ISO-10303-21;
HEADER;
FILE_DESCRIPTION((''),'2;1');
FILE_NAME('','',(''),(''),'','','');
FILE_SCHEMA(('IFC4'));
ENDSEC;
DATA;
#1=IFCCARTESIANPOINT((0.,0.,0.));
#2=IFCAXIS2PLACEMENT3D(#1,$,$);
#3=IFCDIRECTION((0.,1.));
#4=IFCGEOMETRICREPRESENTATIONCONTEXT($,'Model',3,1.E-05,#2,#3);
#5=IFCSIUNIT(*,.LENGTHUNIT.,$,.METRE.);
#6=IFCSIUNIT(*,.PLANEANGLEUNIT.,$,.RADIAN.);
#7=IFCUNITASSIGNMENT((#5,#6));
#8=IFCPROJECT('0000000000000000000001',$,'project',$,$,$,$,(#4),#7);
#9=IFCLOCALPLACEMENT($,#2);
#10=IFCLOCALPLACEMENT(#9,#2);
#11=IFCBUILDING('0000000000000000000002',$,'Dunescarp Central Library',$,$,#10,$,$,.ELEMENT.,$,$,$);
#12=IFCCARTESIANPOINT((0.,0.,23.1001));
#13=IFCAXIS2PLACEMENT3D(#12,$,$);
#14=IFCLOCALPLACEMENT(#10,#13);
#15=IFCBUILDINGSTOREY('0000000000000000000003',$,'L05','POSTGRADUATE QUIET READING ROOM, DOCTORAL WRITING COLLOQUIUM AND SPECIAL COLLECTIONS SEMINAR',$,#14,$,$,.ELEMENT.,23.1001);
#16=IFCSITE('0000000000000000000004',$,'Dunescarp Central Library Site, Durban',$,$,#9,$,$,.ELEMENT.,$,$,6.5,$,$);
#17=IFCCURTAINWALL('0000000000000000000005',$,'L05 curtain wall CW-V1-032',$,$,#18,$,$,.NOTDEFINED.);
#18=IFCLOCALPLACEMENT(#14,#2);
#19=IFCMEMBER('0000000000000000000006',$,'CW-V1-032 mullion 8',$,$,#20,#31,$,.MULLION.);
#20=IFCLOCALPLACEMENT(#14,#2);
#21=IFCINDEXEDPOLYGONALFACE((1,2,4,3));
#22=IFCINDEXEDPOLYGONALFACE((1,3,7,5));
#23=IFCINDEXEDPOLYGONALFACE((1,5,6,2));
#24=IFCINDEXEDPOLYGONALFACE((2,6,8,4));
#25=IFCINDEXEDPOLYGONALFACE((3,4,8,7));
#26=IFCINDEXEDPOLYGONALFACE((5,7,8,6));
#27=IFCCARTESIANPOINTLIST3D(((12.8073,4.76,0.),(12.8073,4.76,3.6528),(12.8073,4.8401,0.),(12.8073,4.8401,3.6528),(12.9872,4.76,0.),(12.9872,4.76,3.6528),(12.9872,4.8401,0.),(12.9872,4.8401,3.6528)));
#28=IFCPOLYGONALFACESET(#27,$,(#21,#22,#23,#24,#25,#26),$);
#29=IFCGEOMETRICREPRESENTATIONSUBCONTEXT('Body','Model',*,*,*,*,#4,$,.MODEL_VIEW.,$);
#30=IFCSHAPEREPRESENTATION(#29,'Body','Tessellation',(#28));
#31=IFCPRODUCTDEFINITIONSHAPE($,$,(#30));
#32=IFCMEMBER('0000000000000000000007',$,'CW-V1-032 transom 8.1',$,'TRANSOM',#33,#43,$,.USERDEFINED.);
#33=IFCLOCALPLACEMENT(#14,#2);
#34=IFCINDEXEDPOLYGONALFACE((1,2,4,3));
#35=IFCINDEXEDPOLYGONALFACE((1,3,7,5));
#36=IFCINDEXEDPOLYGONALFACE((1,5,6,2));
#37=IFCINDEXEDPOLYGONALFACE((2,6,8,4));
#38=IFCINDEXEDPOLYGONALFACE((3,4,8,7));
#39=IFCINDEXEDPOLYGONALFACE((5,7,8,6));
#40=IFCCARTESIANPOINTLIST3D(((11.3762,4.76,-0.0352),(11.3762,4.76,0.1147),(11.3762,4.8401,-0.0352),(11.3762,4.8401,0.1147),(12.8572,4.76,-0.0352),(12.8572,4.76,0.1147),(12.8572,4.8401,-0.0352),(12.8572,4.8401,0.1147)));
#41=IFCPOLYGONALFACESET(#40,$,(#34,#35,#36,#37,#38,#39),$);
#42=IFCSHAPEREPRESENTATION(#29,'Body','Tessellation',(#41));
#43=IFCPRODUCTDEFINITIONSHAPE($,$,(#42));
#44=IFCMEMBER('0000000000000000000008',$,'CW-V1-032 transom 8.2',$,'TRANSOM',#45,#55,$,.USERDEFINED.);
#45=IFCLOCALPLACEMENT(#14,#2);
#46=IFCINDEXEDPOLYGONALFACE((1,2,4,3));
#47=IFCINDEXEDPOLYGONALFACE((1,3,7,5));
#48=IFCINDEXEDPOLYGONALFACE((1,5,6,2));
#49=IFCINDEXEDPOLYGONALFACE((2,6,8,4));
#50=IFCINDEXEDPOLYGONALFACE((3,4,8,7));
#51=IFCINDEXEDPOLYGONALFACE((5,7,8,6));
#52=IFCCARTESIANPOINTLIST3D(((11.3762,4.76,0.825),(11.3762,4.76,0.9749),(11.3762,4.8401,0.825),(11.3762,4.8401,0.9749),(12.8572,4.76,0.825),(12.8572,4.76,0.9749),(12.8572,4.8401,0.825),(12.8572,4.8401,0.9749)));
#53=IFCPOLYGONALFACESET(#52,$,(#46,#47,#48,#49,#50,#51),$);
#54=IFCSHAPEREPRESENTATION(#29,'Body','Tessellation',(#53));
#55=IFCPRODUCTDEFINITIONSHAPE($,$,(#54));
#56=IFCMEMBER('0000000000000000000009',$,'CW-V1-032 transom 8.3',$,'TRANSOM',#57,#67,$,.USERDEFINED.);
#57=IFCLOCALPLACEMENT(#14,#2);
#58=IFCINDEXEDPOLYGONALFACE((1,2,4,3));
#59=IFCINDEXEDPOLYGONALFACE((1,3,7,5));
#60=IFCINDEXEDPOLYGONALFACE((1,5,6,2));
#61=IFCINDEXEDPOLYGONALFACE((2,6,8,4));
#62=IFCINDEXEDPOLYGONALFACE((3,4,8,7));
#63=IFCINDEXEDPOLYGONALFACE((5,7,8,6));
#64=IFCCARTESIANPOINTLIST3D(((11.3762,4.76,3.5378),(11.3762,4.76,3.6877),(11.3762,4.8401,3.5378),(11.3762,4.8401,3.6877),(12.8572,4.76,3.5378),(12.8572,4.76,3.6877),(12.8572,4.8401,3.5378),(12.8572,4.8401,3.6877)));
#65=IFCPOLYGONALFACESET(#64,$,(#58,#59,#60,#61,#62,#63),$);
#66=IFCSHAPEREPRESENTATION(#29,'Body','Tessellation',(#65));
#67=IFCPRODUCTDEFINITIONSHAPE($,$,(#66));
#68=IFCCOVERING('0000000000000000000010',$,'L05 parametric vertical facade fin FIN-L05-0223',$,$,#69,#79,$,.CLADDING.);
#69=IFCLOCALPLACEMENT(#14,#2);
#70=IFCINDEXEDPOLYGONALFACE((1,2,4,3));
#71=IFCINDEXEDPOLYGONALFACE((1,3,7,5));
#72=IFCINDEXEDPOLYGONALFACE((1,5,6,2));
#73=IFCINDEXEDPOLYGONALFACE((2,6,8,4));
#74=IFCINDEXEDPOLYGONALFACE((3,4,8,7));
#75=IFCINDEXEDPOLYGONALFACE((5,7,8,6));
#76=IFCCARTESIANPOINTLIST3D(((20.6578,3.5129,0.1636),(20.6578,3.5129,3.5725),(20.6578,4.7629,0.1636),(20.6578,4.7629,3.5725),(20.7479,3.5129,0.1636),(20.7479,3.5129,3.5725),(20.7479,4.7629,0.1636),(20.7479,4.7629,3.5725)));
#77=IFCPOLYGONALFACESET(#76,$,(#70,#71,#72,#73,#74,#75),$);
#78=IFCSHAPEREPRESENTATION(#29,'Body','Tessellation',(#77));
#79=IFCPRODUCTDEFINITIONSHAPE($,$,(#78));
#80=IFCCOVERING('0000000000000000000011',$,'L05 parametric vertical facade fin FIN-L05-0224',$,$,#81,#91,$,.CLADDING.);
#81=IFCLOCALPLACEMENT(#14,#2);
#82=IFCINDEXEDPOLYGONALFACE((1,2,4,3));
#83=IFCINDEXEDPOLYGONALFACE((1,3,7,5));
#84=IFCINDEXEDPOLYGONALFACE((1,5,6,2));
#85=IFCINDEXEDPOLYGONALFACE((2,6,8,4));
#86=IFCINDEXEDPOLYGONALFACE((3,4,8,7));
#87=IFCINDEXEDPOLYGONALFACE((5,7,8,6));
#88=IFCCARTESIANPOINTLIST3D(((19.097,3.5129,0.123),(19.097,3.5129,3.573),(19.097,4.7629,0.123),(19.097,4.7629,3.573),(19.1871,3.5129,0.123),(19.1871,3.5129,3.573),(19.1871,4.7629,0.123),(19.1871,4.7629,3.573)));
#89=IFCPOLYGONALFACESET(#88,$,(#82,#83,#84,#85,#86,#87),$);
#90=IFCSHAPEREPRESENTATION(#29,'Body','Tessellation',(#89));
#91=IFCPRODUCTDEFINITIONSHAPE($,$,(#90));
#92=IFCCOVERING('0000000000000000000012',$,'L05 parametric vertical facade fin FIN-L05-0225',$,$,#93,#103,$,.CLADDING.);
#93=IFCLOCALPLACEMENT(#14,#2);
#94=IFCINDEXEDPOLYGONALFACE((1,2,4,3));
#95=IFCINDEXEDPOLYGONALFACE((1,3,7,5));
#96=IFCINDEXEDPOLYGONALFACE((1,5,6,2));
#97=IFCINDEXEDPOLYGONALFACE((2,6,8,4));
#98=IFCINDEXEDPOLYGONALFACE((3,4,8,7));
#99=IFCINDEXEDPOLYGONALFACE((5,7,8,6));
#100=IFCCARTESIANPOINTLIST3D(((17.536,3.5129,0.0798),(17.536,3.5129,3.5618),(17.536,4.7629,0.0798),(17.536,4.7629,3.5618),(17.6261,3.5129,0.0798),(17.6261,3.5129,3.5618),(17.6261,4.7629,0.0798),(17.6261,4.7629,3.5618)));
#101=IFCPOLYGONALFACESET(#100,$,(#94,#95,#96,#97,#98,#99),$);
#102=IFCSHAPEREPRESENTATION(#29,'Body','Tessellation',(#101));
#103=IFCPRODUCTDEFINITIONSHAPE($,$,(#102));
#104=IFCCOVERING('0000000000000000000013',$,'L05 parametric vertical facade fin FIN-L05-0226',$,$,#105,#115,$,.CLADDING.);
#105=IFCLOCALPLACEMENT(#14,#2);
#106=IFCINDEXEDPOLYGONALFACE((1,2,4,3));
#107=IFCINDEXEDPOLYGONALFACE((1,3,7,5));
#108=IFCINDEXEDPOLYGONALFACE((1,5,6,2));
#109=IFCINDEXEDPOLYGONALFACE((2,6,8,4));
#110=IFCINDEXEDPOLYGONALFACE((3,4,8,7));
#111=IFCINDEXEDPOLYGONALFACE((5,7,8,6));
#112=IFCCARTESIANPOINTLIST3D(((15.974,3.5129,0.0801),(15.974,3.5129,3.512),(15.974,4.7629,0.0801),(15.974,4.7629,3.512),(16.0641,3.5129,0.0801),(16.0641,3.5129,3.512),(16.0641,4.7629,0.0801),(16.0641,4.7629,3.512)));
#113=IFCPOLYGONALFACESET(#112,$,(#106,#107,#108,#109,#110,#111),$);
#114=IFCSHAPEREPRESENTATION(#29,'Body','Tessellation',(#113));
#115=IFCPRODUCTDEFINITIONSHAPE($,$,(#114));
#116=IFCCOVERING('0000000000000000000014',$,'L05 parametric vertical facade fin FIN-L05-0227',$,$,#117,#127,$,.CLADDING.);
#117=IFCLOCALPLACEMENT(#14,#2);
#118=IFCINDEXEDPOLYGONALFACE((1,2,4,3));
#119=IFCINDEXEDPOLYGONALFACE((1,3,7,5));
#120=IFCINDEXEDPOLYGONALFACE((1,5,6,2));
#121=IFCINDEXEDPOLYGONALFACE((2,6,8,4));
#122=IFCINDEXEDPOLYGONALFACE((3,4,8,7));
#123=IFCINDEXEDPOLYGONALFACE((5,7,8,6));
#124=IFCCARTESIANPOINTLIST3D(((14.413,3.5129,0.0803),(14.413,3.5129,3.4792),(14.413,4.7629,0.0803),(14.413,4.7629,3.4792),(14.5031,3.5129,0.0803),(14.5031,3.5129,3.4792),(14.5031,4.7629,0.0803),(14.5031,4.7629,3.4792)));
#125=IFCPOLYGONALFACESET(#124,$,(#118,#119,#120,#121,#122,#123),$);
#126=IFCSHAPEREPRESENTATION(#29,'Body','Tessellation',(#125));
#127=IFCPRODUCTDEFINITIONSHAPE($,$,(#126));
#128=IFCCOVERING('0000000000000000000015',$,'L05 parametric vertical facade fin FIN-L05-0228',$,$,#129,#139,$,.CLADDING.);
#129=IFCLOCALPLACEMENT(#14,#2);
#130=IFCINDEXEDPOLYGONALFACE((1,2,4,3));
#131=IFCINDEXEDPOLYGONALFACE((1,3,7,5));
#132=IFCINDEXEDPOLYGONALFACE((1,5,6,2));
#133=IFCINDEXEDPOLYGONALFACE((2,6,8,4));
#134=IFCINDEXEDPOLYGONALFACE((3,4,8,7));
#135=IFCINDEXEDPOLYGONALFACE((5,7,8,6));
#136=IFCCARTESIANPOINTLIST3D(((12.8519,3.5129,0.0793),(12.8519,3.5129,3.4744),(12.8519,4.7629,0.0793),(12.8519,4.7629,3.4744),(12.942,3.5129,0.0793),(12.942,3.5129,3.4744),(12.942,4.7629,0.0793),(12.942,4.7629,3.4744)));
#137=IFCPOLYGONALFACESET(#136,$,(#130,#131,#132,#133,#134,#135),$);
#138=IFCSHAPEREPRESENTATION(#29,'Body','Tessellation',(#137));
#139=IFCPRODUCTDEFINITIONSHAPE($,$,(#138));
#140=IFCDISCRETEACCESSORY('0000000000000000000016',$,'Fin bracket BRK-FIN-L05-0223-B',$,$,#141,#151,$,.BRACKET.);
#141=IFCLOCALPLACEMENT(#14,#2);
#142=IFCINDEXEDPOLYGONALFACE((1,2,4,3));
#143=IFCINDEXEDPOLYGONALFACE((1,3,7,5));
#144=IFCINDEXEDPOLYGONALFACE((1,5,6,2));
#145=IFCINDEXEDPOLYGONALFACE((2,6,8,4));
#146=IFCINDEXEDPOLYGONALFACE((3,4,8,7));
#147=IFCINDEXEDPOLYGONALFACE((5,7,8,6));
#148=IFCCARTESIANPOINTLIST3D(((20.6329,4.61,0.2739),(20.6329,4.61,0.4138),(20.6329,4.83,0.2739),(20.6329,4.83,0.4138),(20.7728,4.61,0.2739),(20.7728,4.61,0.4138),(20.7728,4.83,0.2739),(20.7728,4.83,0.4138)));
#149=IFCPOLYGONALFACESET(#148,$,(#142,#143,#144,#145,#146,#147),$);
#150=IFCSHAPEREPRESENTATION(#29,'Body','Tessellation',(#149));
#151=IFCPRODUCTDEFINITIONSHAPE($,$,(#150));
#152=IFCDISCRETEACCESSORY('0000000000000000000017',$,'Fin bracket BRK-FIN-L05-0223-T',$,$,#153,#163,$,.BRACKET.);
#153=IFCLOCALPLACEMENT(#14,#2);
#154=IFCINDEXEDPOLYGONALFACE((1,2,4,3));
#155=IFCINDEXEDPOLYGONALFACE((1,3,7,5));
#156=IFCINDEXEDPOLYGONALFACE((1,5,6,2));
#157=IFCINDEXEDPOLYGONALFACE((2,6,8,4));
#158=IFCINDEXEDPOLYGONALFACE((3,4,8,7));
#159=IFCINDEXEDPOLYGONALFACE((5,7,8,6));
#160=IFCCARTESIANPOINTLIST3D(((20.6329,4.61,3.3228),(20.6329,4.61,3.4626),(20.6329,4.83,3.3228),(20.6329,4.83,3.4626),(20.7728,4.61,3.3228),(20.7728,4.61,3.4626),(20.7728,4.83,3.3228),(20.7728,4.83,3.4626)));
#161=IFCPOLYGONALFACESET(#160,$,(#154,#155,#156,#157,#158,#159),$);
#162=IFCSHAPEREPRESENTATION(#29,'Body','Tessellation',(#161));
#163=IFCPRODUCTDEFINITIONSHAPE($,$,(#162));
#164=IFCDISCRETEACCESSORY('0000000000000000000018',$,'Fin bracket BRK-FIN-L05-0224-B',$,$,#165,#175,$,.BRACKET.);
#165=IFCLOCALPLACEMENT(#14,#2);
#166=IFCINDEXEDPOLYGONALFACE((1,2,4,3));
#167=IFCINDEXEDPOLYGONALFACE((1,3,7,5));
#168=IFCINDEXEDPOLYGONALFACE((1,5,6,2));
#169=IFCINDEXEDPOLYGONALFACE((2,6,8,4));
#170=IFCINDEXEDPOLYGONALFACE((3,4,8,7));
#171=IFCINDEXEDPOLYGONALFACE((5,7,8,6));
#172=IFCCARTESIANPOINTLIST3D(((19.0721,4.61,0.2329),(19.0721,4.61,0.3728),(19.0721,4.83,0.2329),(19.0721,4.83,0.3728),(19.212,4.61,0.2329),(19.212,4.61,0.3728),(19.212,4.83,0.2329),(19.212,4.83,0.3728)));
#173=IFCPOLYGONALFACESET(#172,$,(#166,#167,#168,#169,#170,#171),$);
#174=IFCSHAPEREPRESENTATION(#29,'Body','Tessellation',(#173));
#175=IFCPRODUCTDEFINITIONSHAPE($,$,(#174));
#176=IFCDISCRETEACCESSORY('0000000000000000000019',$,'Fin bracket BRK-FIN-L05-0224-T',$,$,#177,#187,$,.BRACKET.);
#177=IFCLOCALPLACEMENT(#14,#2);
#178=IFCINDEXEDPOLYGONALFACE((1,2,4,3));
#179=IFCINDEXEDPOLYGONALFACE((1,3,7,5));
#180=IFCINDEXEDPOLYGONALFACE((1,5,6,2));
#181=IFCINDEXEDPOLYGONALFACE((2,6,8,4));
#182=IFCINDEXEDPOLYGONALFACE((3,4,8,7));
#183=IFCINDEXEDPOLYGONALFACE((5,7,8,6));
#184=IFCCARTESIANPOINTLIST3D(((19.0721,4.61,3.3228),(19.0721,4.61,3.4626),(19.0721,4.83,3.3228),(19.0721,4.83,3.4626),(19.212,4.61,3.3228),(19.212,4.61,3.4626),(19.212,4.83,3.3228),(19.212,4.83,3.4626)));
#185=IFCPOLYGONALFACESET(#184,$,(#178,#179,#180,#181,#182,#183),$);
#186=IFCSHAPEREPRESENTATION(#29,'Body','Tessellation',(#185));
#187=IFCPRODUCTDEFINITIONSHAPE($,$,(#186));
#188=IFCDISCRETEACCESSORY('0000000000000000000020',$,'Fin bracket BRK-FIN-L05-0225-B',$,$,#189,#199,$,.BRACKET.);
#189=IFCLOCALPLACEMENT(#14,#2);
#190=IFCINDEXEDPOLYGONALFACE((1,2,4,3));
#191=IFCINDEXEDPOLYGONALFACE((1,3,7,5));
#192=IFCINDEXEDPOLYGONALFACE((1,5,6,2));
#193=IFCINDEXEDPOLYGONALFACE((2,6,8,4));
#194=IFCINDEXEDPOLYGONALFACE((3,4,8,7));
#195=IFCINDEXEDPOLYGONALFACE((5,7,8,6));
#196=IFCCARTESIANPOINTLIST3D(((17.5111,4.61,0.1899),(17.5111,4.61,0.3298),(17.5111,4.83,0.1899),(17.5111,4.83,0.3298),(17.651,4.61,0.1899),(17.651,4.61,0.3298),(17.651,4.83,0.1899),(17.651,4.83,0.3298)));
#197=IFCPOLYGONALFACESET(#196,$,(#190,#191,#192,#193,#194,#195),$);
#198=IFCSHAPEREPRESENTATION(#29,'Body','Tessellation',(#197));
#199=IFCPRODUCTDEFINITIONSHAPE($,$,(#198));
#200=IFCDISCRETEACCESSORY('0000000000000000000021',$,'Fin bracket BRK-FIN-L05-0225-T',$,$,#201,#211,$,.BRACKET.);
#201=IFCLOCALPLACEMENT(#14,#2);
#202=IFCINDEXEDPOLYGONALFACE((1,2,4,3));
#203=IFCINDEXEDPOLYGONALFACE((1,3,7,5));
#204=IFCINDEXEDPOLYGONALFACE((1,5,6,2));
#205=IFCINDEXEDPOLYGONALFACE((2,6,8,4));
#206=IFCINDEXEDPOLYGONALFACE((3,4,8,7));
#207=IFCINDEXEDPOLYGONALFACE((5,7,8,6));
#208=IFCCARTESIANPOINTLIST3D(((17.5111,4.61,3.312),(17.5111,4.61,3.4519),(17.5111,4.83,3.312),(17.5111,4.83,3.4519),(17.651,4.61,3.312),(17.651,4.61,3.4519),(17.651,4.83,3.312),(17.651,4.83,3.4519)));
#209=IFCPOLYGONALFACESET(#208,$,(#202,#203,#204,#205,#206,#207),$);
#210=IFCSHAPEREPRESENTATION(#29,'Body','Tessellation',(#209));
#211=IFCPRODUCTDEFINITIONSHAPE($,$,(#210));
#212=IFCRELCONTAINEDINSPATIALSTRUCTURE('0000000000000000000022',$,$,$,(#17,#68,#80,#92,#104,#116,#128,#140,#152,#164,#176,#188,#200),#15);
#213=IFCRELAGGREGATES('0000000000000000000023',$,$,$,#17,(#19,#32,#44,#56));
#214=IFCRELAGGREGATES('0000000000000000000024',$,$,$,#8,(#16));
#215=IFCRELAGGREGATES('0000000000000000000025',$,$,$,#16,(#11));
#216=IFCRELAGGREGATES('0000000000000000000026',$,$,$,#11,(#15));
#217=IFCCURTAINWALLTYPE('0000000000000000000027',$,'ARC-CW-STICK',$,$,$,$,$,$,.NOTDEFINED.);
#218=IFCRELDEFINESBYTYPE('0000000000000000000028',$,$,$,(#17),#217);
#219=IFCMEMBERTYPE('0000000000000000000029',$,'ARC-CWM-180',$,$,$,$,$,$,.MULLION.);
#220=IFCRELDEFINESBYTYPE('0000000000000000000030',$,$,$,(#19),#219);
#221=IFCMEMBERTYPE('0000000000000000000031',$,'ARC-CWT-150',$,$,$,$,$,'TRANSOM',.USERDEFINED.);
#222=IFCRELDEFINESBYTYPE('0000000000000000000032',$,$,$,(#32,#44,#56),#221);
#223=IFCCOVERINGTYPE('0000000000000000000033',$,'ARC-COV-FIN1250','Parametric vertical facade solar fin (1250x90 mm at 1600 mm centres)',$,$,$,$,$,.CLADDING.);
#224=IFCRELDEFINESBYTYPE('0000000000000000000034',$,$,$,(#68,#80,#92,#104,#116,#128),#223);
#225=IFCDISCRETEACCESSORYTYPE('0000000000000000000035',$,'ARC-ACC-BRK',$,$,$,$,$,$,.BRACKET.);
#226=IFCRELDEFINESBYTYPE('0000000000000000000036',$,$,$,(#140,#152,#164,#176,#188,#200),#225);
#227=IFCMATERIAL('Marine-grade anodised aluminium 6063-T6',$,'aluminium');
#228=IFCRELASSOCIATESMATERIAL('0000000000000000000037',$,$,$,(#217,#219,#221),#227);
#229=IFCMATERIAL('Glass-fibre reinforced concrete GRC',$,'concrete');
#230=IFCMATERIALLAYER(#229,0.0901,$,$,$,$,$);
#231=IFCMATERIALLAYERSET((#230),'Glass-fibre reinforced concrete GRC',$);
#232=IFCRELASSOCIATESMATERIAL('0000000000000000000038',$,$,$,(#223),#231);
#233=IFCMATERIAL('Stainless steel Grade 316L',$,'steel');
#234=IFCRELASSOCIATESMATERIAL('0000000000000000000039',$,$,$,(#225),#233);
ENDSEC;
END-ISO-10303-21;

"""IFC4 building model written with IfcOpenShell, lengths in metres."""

from ifc_helpers import new_model, si_unit, direction, frame, origin, origin_2d, place, context, subcontext, project, spatial, rectangle, extrude, material, layer, layer_set, material_profile, profile_set, type_object, element, aggregate, save


model = new_model("IFC4")

# Units and contexts
model_context = context("Model", 3, precision=1e-05, world=origin(), true_north=direction((0.0, 1.0)))
body_context = subcontext(model_context, "Body", "Model", "MODEL_VIEW")
ifc_project = project(units=[si_unit("LENGTHUNIT", "METRE"), si_unit("PLANEANGLEUNIT", "RADIAN")], contexts=[model_context])

# Site, building, storey
site_placement = place(None, origin())
site = spatial("IfcSite", under=ifc_project, at=site_placement, Name="Dunescarp Central Library Site, Durban", CompositionType="ELEMENT", RefElevation=6.5)
building_placement = place(site_placement, origin())
building = spatial("IfcBuilding", under=site, at=building_placement, Name="Dunescarp Central Library", CompositionType="ELEMENT")
storey_placement = place(building_placement, frame((0.0, 0.0, 23.1001)))
storey = spatial("IfcBuildingStorey", under=building, at=storey_placement, Name="L05", Description="POSTGRADUATE QUIET READING ROOM, DOCTORAL WRITING COLLOQUIUM AND SPECIAL COLLECTIONS SEMINAR", CompositionType="ELEMENT", Elevation=23.1001)

# Curtain wall, members
ifc_material_1 = material(Name="Marine-grade anodised aluminium 6063-T6", Category="aluminium")
curtain_wall_type = type_object("IfcCurtainWallType", Name="ARC-CW-STICK", PredefinedType="NOTDEFINED", material=ifc_material_1)
curtain_wall_placement = place(storey_placement, origin())
curtain_wall = element("IfcCurtainWall", 1, at=curtain_wall_placement, inside=storey, type_object=curtain_wall_type, Name="L05 curtain wall CW-V1-032", PredefinedType="NOTDEFINED")
ifc_material_profile_1 = material_profile(ifc_material_1, rectangle(XDim=0.0801, YDim=0.1799, at=origin_2d()), Name="AL 80x180")
ifc_profile_set_1 = profile_set([ifc_material_profile_1], Name="Marine-grade anodised aluminium 6063-T6")
member_type_1 = type_object("IfcMemberType", Name="ARC-CWM-180", PredefinedType="MULLION", material=ifc_profile_set_1)
member_1_placement = place(storey_placement, frame((12.8972, 4.8, 0.0), z_axis=(0.0, 0.0, 1.0), x_axis=(0.0, -1.0, 0.0)))
member_1 = element("IfcMember", 2, at=member_1_placement, type_object=member_type_1, Name="CW-V1-032 mullion 8", PredefinedType="MULLION", context=body_context, shape_type="SweptSolid", body=[
    extrude(rectangle(XDim=0.0801, YDim=0.1799, at=origin_2d()), origin(), (0.0, 0.0, 1.0), 3.6528),
])
ifc_material_profile_2 = material_profile(ifc_material_1, rectangle(XDim=0.0801, YDim=0.1499, at=origin_2d()), Name="AL 80x150")
ifc_profile_set_2 = profile_set([ifc_material_profile_2], Name="Marine-grade anodised aluminium 6063-T6")
member_type_2 = type_object("IfcMemberType", Name="ARC-CWT-150", ElementType="TRANSOM", PredefinedType="USERDEFINED", material=ifc_profile_set_2)
member_2_placement = place(storey_placement, frame((12.8572, 4.8, 0.0398), z_axis=(-1.0, 0.0, 0.0), x_axis=(0.0, -1.0, 0.0)))
member_2 = element("IfcMember", 3, at=member_2_placement, type_object=member_type_2, Name="CW-V1-032 transom 8.1", ObjectType="TRANSOM", PredefinedType="USERDEFINED", context=body_context, shape_type="SweptSolid", body=[
    extrude(rectangle(XDim=0.0801, YDim=0.1499, at=origin_2d()), origin(), (0.0, 0.0, 1.0), 1.481),
])
member_3_placement = place(storey_placement, frame((12.8572, 4.8, 0.8999), z_axis=(-1.0, 0.0, 0.0), x_axis=(0.0, -1.0, 0.0)))
member_3 = element("IfcMember", 4, at=member_3_placement, type_object=member_type_2, Name="CW-V1-032 transom 8.2", ObjectType="TRANSOM", PredefinedType="USERDEFINED", context=body_context, shape_type="SweptSolid", body=[
    extrude(rectangle(XDim=0.0801, YDim=0.1499, at=origin_2d()), origin(), (0.0, 0.0, 1.0), 1.481),
])
member_4_placement = place(storey_placement, frame((12.8572, 4.8, 3.6128), z_axis=(-1.0, 0.0, 0.0), x_axis=(0.0, -1.0, 0.0)))
member_4 = element("IfcMember", 5, at=member_4_placement, type_object=member_type_2, Name="CW-V1-032 transom 8.3", ObjectType="TRANSOM", PredefinedType="USERDEFINED", context=body_context, shape_type="SweptSolid", body=[
    extrude(rectangle(XDim=0.0801, YDim=0.1499, at=origin_2d()), origin(), (0.0, 0.0, 1.0), 1.481),
])
aggregate(curtain_wall, [member_1, member_2, member_3, member_4])

# Coverings
ifc_material_2 = material(Name="Glass-fibre reinforced concrete GRC", Category="concrete")
ifc_layer = layer(ifc_material_2, 0.0901)
ifc_layer_set = layer_set([ifc_layer], Name="Glass-fibre reinforced concrete GRC")
covering_type = type_object("IfcCoveringType", Name="ARC-COV-FIN1250", Description="Parametric vertical facade solar fin (1250x90 mm at 1600 mm centres)", PredefinedType="CLADDING", material=ifc_layer_set)
covering_1_placement = place(storey_placement, frame((20.7029, 4.1379, 0.1636), z_axis=(0.0, 0.0, 1.0), x_axis=(0.0, -1.0, 0.0)))
element("IfcCovering", 6, at=covering_1_placement, inside=storey, type_object=covering_type, Name="L05 parametric vertical facade fin FIN-L05-0223", PredefinedType="CLADDING", context=body_context, shape_type="SweptSolid", body=[
    extrude(rectangle(XDim=1.25, YDim=0.0901, at=origin_2d()), origin(), (0.0, 0.0, 1.0), 3.4089),
])
covering_2_placement = place(storey_placement, frame((19.1421, 4.1379, 0.123), z_axis=(0.0, 0.0, 1.0), x_axis=(0.0, -1.0, 0.0)))
element("IfcCovering", 7, at=covering_2_placement, inside=storey, type_object=covering_type, Name="L05 parametric vertical facade fin FIN-L05-0224", PredefinedType="CLADDING", context=body_context, shape_type="SweptSolid", body=[
    extrude(rectangle(XDim=1.25, YDim=0.0901, at=origin_2d()), origin(), (0.0, 0.0, 1.0), 3.45),
])
covering_3_placement = place(storey_placement, frame((17.5811, 4.1379, 0.0798), z_axis=(0.0, 0.0, 1.0), x_axis=(0.0, -1.0, 0.0)))
element("IfcCovering", 8, at=covering_3_placement, inside=storey, type_object=covering_type, Name="L05 parametric vertical facade fin FIN-L05-0225", PredefinedType="CLADDING", context=body_context, shape_type="SweptSolid", body=[
    extrude(rectangle(XDim=1.25, YDim=0.0901, at=origin_2d()), origin(), (0.0, 0.0, 1.0), 3.4819),
])
covering_4_placement = place(storey_placement, frame((16.019, 4.1379, 0.0801), z_axis=(0.0, 0.0, 1.0), x_axis=(0.0, -1.0, 0.0)))
element("IfcCovering", 9, at=covering_4_placement, inside=storey, type_object=covering_type, Name="L05 parametric vertical facade fin FIN-L05-0226", PredefinedType="CLADDING", context=body_context, shape_type="SweptSolid", body=[
    extrude(rectangle(XDim=1.25, YDim=0.0901, at=origin_2d()), origin(), (0.0, 0.0, 1.0), 3.4319),
])
covering_5_placement = place(storey_placement, frame((14.458, 4.1379, 0.0803), z_axis=(0.0, 0.0, 1.0), x_axis=(0.0, -1.0, 0.0)))
element("IfcCovering", 10, at=covering_5_placement, inside=storey, type_object=covering_type, Name="L05 parametric vertical facade fin FIN-L05-0227", PredefinedType="CLADDING", context=body_context, shape_type="SweptSolid", body=[
    extrude(rectangle(XDim=1.25, YDim=0.0901, at=origin_2d()), origin(), (0.0, 0.0, 1.0), 3.3989),
])
covering_6_placement = place(storey_placement, frame((12.897, 4.1379, 0.0793), z_axis=(0.0, 0.0, 1.0), x_axis=(0.0, -1.0, 0.0)))
element("IfcCovering", 11, at=covering_6_placement, inside=storey, type_object=covering_type, Name="L05 parametric vertical facade fin FIN-L05-0228", PredefinedType="CLADDING", context=body_context, shape_type="SweptSolid", body=[
    extrude(rectangle(XDim=1.25, YDim=0.0901, at=origin_2d()), origin(), (0.0, 0.0, 1.0), 3.395),
])

# Discrete accessories
ifc_material_3 = material(Name="Stainless steel Grade 316L", Category="steel")
discrete_accessory_type = type_object("IfcDiscreteAccessoryType", Name="ARC-ACC-BRK", PredefinedType="BRACKET", material=ifc_material_3)
for number, where, z_axis, x_axis, name in (
    (12, (20.7029, 4.72, 0.2739), (0.0, 0.0, 1.0), (0.0, -1.0, 0.0), "Fin bracket BRK-FIN-L05-0223-B"),
    (13, (20.7029, 4.72, 3.3228), (0.0, 0.0, 1.0), (0.0, -1.0, 0.0), "Fin bracket BRK-FIN-L05-0223-T"),
    (14, (19.1421, 4.72, 0.2329), (0.0, 0.0, 1.0), (0.0, -1.0, 0.0), "Fin bracket BRK-FIN-L05-0224-B"),
    (15, (19.1421, 4.72, 3.3228), (0.0, 0.0, 1.0), (0.0, -1.0, 0.0), "Fin bracket BRK-FIN-L05-0224-T"),
    (16, (17.5811, 4.72, 0.1899), (0.0, 0.0, 1.0), (0.0, -1.0, 0.0), "Fin bracket BRK-FIN-L05-0225-B"),
    (17, (17.5811, 4.72, 3.312), (0.0, 0.0, 1.0), (0.0, -1.0, 0.0), "Fin bracket BRK-FIN-L05-0225-T"),
):
    element("IfcDiscreteAccessory", number, at=place(storey_placement, frame(where, z_axis=z_axis, x_axis=x_axis)), inside=storey, type_object=discrete_accessory_type, Name=name, PredefinedType="BRACKET", context=body_context, shape_type="SweptSolid", body=[
        extrude(rectangle(XDim=0.22, YDim=0.1399, at=origin_2d()), origin(), (0.0, 0.0, 1.0), 0.1399),
    ])

save(model, "model.ifc")
